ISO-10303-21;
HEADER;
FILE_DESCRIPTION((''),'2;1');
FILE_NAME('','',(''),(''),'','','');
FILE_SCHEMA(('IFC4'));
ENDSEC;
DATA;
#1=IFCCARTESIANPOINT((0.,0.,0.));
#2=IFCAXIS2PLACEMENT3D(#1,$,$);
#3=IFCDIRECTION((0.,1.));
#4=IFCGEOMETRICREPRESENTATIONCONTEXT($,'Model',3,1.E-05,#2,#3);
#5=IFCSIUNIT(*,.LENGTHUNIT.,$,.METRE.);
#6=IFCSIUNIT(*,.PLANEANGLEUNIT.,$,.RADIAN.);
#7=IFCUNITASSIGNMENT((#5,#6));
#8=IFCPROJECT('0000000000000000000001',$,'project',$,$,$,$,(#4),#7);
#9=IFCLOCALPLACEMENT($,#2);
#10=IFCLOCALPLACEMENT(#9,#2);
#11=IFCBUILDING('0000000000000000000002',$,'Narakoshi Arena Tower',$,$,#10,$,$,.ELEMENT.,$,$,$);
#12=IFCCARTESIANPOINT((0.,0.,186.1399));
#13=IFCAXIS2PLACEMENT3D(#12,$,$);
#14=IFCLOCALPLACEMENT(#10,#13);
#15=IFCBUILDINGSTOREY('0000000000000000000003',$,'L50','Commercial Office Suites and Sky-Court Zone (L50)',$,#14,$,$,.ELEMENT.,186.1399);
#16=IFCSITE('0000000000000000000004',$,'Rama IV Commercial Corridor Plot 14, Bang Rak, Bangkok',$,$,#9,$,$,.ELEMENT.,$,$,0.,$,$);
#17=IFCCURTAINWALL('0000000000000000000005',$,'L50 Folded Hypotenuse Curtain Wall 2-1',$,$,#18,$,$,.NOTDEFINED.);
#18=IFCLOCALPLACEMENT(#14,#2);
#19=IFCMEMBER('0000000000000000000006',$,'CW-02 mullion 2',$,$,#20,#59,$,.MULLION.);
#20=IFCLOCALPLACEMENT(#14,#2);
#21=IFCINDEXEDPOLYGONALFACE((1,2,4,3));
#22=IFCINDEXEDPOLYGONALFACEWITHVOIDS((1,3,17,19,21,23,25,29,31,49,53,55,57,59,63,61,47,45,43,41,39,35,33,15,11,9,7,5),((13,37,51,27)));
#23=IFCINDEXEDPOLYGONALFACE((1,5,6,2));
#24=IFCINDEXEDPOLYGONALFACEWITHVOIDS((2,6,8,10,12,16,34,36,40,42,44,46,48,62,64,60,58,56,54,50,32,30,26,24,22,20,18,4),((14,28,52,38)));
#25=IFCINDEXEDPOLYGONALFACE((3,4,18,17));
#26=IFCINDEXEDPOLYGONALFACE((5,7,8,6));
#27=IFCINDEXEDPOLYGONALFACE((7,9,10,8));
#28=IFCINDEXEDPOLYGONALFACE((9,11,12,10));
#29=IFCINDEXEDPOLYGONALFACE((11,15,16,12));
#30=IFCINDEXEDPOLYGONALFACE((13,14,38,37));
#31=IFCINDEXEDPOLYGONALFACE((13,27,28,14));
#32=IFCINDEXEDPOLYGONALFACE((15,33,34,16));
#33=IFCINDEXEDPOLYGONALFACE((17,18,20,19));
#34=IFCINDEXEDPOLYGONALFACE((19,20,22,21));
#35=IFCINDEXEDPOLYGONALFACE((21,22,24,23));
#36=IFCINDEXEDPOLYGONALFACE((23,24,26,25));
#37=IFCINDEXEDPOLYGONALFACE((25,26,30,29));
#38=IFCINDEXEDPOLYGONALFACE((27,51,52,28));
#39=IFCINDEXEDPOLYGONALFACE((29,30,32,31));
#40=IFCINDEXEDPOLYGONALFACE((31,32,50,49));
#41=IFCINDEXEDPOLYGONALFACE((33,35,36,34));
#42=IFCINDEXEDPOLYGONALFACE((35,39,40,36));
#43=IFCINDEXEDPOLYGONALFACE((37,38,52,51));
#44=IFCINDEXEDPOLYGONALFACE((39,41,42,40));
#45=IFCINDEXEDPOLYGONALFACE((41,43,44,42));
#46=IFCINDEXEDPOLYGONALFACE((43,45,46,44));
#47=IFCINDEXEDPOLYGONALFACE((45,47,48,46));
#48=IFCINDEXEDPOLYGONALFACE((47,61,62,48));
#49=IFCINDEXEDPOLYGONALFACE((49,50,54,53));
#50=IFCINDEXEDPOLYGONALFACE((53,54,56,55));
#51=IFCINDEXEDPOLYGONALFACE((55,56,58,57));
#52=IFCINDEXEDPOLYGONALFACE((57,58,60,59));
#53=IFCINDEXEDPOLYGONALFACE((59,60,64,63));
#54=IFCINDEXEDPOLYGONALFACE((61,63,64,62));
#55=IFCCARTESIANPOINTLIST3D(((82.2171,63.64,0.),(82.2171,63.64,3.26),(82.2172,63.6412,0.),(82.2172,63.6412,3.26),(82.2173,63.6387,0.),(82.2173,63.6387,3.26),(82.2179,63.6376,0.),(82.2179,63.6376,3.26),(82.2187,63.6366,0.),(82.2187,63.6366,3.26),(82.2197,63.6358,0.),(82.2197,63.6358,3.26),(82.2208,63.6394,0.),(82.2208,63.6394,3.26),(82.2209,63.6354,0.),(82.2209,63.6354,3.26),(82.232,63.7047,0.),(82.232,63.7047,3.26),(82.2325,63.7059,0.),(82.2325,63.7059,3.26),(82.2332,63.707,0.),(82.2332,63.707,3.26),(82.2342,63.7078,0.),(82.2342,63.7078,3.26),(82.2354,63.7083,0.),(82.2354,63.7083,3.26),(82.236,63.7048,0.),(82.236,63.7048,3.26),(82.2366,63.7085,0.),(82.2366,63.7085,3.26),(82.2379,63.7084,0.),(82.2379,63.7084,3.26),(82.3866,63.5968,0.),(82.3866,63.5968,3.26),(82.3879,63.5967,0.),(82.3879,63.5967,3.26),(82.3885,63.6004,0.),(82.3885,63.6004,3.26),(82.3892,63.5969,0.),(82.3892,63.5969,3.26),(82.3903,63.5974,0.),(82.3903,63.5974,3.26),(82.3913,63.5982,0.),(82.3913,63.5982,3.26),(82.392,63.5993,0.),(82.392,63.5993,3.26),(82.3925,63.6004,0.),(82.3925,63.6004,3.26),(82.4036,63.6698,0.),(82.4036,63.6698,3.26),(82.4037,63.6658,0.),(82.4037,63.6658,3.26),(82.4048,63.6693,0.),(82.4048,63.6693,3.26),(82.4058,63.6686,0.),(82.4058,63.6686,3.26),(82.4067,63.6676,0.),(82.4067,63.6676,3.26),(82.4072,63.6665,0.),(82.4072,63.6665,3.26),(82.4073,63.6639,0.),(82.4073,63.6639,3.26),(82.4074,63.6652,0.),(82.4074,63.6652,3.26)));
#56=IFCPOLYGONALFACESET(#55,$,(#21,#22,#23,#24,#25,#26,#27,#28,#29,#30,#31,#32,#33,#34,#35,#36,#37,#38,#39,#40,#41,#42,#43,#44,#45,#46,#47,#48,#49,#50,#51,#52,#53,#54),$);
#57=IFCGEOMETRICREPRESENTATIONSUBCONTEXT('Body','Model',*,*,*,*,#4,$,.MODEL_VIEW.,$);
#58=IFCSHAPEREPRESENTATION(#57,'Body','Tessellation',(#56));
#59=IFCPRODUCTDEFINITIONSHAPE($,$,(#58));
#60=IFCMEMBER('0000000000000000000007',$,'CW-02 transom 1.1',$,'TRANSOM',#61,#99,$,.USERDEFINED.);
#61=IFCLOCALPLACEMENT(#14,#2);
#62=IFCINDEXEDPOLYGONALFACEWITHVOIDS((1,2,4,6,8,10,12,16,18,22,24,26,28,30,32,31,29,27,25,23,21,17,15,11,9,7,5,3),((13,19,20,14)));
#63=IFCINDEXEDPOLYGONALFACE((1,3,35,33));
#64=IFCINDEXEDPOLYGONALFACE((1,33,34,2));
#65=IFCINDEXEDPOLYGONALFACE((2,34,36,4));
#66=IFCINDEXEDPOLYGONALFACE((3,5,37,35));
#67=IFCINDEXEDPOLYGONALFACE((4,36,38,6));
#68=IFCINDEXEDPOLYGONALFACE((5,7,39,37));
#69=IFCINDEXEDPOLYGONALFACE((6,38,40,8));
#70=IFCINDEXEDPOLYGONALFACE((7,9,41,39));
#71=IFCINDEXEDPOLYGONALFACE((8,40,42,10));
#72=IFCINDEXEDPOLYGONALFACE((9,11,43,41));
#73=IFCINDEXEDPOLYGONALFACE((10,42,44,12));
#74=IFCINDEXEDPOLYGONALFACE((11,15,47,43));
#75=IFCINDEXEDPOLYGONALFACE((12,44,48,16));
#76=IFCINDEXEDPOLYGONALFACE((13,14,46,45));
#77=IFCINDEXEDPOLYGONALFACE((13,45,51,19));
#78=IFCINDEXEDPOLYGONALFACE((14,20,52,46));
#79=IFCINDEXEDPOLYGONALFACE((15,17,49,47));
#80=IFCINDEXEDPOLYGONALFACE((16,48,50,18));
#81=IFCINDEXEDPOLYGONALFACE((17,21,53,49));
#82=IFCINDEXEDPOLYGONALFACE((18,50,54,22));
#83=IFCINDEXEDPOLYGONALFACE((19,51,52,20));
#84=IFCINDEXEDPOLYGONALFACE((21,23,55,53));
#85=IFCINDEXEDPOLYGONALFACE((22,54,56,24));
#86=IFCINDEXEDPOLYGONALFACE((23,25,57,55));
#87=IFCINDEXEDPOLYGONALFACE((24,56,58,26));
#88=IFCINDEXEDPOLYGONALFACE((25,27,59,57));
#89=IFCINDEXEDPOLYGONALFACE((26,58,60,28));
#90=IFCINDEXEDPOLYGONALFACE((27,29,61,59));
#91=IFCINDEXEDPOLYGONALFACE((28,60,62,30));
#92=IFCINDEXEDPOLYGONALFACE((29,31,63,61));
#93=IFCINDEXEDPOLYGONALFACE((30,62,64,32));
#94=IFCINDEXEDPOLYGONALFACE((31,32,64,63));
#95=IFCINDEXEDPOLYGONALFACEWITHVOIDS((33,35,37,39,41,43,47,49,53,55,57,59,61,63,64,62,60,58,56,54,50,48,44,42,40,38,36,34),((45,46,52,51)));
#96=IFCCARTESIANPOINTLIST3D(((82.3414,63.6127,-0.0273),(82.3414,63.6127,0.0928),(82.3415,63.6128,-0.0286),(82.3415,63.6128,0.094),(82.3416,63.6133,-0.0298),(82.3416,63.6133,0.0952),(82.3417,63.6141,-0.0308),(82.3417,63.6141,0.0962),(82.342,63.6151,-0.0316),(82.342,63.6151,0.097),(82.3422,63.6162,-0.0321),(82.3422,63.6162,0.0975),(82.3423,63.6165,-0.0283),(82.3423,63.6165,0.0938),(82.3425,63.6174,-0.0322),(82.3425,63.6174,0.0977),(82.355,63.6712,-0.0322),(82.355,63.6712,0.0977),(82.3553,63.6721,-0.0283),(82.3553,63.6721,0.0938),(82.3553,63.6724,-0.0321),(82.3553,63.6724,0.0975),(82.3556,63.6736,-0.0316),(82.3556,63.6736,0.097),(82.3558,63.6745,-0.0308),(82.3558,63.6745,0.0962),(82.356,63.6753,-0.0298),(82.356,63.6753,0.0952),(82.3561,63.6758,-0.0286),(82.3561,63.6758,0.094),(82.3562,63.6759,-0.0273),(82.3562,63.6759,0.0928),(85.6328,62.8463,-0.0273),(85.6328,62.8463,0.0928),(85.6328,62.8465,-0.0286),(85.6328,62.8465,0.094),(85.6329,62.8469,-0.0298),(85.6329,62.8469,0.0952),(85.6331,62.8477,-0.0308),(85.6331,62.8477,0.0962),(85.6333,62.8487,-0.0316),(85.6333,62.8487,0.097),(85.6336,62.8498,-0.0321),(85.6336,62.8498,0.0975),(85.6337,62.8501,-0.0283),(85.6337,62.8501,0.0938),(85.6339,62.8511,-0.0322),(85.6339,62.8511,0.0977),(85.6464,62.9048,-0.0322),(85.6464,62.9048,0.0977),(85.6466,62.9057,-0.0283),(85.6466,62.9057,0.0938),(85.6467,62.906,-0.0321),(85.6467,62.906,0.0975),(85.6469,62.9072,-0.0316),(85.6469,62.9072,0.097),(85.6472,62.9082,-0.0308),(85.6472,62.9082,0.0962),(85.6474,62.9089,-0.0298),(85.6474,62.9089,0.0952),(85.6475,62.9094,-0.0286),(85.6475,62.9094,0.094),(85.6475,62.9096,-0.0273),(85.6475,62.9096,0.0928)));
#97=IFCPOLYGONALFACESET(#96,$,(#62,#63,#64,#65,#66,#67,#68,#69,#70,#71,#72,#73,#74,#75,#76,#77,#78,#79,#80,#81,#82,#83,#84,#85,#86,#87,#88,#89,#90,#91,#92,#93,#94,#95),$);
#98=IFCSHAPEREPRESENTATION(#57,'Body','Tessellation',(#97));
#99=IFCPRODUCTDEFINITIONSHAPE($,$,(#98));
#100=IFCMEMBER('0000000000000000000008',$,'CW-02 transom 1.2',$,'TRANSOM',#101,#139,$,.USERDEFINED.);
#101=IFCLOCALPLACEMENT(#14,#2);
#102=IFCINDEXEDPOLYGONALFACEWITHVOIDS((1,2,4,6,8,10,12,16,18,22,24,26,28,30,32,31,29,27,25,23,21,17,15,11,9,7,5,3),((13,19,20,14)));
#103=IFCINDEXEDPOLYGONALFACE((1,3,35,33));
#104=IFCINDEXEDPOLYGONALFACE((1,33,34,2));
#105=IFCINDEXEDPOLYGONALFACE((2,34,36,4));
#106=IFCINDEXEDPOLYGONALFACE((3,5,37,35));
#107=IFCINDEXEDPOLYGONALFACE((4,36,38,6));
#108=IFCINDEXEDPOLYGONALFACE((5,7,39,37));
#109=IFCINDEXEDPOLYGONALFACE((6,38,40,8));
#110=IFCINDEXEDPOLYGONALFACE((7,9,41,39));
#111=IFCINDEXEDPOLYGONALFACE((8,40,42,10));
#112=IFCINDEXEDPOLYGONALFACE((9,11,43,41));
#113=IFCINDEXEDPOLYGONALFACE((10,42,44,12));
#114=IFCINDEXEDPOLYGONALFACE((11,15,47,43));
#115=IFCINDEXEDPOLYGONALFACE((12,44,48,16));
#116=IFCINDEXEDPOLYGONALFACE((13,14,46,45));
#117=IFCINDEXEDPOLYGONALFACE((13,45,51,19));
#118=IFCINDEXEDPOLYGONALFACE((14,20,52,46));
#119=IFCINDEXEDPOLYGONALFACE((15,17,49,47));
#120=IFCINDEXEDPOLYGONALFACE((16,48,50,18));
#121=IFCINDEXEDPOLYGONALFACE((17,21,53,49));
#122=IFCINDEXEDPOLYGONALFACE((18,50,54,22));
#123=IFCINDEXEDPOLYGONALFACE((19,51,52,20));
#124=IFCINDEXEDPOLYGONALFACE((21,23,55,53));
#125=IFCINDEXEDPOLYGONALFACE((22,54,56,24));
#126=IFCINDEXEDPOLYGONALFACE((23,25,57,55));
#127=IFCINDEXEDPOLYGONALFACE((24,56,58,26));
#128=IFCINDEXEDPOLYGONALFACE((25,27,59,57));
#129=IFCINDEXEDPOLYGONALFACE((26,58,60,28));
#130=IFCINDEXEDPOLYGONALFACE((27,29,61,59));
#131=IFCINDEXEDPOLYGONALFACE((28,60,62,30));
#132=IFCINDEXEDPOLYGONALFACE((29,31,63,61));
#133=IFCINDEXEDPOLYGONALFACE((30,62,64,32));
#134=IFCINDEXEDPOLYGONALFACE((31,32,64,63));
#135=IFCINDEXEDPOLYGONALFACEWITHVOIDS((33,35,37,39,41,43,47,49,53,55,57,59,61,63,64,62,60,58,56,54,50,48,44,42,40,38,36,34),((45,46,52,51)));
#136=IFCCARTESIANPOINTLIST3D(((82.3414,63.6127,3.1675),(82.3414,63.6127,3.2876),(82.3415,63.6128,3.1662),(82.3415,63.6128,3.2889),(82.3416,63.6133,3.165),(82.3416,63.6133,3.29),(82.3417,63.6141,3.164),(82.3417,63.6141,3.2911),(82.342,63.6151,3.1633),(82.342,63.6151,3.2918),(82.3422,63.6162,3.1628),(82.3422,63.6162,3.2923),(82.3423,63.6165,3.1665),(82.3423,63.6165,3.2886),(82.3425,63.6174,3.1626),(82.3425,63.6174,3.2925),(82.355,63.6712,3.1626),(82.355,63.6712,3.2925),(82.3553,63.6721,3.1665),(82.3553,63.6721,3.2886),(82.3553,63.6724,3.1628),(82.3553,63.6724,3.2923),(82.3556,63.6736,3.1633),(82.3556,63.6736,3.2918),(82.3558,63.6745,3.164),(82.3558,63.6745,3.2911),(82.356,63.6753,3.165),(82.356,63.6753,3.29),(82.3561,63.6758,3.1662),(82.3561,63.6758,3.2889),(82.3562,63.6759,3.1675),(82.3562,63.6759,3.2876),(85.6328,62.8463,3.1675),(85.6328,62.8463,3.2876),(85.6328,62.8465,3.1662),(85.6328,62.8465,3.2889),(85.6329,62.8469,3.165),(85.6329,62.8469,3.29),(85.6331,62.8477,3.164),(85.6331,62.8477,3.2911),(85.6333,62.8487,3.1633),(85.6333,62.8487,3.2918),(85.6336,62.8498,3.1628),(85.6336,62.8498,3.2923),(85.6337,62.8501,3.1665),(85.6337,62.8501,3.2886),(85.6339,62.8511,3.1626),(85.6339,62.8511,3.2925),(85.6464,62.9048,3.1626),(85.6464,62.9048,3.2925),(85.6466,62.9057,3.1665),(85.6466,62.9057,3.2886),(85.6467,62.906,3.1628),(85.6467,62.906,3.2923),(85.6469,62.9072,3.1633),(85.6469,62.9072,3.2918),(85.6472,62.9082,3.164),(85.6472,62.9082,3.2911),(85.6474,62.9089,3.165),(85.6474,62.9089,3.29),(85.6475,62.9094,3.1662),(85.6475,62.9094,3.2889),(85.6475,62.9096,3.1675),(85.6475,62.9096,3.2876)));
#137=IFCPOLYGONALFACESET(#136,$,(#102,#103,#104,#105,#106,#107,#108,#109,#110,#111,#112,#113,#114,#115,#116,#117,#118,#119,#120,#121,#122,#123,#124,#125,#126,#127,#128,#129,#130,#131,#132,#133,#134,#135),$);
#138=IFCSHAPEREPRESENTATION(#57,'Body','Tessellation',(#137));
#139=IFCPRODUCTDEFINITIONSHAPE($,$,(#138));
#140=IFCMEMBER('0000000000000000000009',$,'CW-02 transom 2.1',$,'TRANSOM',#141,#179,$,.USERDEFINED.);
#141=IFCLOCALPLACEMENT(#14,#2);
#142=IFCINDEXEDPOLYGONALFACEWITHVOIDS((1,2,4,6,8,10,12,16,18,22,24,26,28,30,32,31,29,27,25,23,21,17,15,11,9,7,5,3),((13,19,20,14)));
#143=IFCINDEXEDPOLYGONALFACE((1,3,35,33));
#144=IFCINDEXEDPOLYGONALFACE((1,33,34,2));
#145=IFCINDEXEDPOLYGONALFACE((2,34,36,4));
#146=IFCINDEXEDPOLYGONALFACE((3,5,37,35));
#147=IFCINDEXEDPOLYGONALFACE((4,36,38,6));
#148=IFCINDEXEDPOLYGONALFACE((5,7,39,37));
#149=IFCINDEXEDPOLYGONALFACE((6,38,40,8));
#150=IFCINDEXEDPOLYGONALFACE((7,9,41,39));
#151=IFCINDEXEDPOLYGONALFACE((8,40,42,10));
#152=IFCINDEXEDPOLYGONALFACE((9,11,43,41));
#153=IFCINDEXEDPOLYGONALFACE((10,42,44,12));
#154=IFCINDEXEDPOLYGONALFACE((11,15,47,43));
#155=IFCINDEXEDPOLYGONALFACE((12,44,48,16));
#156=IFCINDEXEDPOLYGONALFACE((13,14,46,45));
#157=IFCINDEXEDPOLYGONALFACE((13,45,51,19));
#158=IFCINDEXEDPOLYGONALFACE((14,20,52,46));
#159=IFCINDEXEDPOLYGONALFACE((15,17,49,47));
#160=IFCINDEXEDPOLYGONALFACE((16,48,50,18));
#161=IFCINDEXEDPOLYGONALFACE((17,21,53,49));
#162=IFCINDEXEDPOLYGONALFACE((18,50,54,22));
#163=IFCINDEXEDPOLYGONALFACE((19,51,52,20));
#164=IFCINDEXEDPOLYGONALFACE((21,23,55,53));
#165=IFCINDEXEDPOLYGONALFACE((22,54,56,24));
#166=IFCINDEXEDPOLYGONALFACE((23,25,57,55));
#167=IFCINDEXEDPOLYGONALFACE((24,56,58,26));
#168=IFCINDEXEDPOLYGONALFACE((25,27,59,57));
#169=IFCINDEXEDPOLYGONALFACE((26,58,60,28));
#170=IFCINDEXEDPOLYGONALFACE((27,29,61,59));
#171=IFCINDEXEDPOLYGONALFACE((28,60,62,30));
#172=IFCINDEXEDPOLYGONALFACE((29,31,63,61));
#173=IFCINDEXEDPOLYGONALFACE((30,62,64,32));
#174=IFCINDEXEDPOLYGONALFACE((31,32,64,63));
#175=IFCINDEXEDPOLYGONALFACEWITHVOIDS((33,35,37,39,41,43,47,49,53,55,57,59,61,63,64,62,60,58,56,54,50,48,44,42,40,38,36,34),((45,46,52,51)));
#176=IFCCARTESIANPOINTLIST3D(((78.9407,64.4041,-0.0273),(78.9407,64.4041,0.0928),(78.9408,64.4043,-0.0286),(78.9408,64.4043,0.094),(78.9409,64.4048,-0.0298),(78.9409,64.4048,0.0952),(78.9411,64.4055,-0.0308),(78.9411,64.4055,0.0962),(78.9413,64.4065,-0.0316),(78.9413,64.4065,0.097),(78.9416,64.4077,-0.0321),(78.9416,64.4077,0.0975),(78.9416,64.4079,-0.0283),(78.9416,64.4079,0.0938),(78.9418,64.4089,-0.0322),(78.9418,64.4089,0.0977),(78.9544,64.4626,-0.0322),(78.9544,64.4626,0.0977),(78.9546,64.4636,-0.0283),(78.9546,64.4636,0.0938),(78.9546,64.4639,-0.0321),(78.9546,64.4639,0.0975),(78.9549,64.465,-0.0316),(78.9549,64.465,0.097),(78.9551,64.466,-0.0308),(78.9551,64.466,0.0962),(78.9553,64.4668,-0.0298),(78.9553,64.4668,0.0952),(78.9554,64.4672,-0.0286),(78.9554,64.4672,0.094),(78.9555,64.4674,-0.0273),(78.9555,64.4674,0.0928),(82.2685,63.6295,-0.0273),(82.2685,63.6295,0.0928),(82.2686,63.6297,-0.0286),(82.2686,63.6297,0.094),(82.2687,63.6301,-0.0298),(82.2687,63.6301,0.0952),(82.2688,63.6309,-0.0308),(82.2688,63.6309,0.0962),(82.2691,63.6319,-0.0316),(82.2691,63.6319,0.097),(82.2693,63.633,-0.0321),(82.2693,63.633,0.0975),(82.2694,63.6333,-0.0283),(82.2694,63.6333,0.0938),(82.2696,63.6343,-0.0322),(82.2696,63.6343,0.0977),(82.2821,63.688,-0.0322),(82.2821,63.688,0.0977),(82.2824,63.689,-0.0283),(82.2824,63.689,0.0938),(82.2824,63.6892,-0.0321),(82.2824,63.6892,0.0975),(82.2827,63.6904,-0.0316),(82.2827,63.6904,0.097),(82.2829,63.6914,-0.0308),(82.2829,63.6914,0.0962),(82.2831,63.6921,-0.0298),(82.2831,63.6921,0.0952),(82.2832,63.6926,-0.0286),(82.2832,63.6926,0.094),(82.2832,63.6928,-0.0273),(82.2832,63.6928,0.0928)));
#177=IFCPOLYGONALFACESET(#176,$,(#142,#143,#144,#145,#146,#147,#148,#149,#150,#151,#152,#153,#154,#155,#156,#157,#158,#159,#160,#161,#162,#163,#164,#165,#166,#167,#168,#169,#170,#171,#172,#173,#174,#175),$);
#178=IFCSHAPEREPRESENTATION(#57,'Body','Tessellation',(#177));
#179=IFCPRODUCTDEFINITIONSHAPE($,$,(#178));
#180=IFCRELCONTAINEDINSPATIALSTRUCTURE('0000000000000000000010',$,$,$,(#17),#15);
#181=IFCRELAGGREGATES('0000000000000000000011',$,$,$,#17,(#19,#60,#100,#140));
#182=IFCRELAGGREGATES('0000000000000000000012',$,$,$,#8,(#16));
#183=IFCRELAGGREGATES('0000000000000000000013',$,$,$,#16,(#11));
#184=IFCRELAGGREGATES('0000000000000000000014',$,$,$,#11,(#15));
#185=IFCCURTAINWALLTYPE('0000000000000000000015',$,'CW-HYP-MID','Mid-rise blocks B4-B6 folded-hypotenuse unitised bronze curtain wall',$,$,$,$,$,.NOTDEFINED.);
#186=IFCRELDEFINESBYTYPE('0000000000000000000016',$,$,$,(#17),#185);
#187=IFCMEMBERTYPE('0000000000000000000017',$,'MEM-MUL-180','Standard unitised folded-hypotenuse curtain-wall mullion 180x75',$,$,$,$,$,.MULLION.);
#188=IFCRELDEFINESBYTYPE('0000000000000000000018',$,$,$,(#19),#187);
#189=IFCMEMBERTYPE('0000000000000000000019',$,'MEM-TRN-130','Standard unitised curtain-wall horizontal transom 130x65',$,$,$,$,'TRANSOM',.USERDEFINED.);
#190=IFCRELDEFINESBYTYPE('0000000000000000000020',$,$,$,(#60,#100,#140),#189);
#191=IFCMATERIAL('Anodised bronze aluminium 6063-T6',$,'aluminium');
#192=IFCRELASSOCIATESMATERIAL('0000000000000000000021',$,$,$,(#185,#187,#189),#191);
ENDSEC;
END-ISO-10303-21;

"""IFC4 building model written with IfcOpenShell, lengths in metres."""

from ifc_helpers import new_model, si_unit, direction, frame, origin, origin_2d, place, context, subcontext, project, spatial, hollow_rectangle, extrude, material, material_profile, profile_set, type_object, element, aggregate, save


model = new_model("IFC4")

# Units and contexts
model_context = context("Model", 3, precision=1e-05, world=origin(), true_north=direction((0.0, 1.0)))
body_context = subcontext(model_context, "Body", "Model", "MODEL_VIEW")
ifc_project = project(units=[si_unit("LENGTHUNIT", "METRE"), si_unit("PLANEANGLEUNIT", "RADIAN")], contexts=[model_context])

# Site, building, storey
site_placement = place(None, origin())
site = spatial("IfcSite", under=ifc_project, at=site_placement, Name="Rama IV Commercial Corridor Plot 14, Bang Rak, Bangkok", CompositionType="ELEMENT", RefElevation=0.0)
building_placement = place(site_placement, origin())
building = spatial("IfcBuilding", under=site, at=building_placement, Name="Narakoshi Arena Tower", CompositionType="ELEMENT")
storey_placement = place(building_placement, frame((0.0, 0.0, 186.1399)))
storey = spatial("IfcBuildingStorey", under=building, at=storey_placement, Name="L50", Description="Commercial Office Suites and Sky-Court Zone (L50)", CompositionType="ELEMENT", Elevation=186.1399)

# Shared definitions
ifc_material_1 = material(Name="Anodised bronze aluminium 6063-T6", Category="aluminium")
curtain_wall_type = type_object("IfcCurtainWallType", Name="CW-HYP-MID", Description="Mid-rise blocks B4-B6 folded-hypotenuse unitised bronze curtain wall", PredefinedType="NOTDEFINED", material=ifc_material_1)
ifc_material_profile_1 = material_profile(ifc_material_1, hollow_rectangle(XDim=0.075, YDim=0.1799, WallThickness=0.0039, OuterFilletRadius=0.0049, at=origin_2d()), Name="MUL180x75x4")
ifc_profile_set_1 = profile_set([ifc_material_profile_1], Name="Anodised bronze aluminium 6063-T6")
member_type_1 = type_object("IfcMemberType", Name="MEM-MUL-180", Description="Standard unitised folded-hypotenuse curtain-wall mullion 180x75", PredefinedType="MULLION", material=ifc_profile_set_1)

# Curtain wall, members
curtain_wall_1_placement = place(storey_placement, origin())
curtain_wall_1 = element("IfcCurtainWall", 1, at=curtain_wall_1_placement, inside=storey, type_object=curtain_wall_type, Name="L50 Folded Hypotenuse Curtain Wall 2-1", PredefinedType="NOTDEFINED")
member_1_placement = place(storey_placement, frame((82.3123, 63.6526, 0.0), z_axis=(0.0, 0.0, 1.0), x_axis=(-0.226721, -0.97396, 0.0)))
member_1 = element("IfcMember", 2, at=member_1_placement, type_object=member_type_1, Name="CW-02 mullion 2", PredefinedType="MULLION", context=body_context, shape_type="SweptSolid", body=[
    extrude(hollow_rectangle(XDim=0.075, YDim=0.1799, WallThickness=0.0039, OuterFilletRadius=0.0049, at=origin_2d()), origin(), (0.0, 0.0, 1.0), 3.26),
])
ifc_material_profile_2 = material_profile(ifc_material_1, hollow_rectangle(XDim=0.0649, YDim=0.1299, WallThickness=0.0039, OuterFilletRadius=0.0049, at=origin_2d()), Name="TRN130x65x4")
ifc_profile_set_2 = profile_set([ifc_material_profile_2], Name="Anodised bronze aluminium 6063-T6")
member_type_2 = type_object("IfcMemberType", Name="MEM-TRN-130", Description="Standard unitised curtain-wall horizontal transom 130x65", ElementType="TRANSOM", PredefinedType="USERDEFINED", material=ifc_profile_set_2)
member_2_placement = place(storey_placement, frame((85.6401, 62.8779, 0.0327), z_axis=(-0.973946, 0.22678, 0.0), x_axis=(-0.22678, -0.973946, 0.0)))
member_2 = element("IfcMember", 3, at=member_2_placement, type_object=member_type_2, Name="CW-02 transom 1.1", ObjectType="TRANSOM", PredefinedType="USERDEFINED", context=body_context, shape_type="SweptSolid", body=[
    extrude(hollow_rectangle(XDim=0.0649, YDim=0.1299, WallThickness=0.0039, OuterFilletRadius=0.0049, at=origin_2d()), origin(), (0.0, 0.0, 1.0), 3.3794),
])
member_3_placement = place(storey_placement, frame((85.6401, 62.8779, 3.2275), z_axis=(-0.973946, 0.22678, 0.0), x_axis=(-0.22678, -0.973946, 0.0)))
member_3 = element("IfcMember", 4, at=member_3_placement, type_object=member_type_2, Name="CW-02 transom 1.2", ObjectType="TRANSOM", PredefinedType="USERDEFINED", context=body_context, shape_type="SweptSolid", body=[
    extrude(hollow_rectangle(XDim=0.0649, YDim=0.1299, WallThickness=0.0039, OuterFilletRadius=0.0049, at=origin_2d()), origin(), (0.0, 0.0, 1.0), 3.3794),
])
member_4_placement = place(storey_placement, frame((82.2759, 63.6611, 0.0327), z_axis=(-0.973961, 0.226717, 0.0), x_axis=(-0.226717, -0.973961, 0.0)))
member_4 = element("IfcMember", 5, at=member_4_placement, type_object=member_type_2, Name="CW-02 transom 2.1", ObjectType="TRANSOM", PredefinedType="USERDEFINED", context=body_context, shape_type="SweptSolid", body=[
    extrude(hollow_rectangle(XDim=0.0649, YDim=0.1299, WallThickness=0.0039, OuterFilletRadius=0.0049, at=origin_2d()), origin(), (0.0, 0.0, 1.0), 3.4167),
])
aggregate(curtain_wall_1, [member_1, member_2, member_3, member_4])

save(model, "model.ifc")
